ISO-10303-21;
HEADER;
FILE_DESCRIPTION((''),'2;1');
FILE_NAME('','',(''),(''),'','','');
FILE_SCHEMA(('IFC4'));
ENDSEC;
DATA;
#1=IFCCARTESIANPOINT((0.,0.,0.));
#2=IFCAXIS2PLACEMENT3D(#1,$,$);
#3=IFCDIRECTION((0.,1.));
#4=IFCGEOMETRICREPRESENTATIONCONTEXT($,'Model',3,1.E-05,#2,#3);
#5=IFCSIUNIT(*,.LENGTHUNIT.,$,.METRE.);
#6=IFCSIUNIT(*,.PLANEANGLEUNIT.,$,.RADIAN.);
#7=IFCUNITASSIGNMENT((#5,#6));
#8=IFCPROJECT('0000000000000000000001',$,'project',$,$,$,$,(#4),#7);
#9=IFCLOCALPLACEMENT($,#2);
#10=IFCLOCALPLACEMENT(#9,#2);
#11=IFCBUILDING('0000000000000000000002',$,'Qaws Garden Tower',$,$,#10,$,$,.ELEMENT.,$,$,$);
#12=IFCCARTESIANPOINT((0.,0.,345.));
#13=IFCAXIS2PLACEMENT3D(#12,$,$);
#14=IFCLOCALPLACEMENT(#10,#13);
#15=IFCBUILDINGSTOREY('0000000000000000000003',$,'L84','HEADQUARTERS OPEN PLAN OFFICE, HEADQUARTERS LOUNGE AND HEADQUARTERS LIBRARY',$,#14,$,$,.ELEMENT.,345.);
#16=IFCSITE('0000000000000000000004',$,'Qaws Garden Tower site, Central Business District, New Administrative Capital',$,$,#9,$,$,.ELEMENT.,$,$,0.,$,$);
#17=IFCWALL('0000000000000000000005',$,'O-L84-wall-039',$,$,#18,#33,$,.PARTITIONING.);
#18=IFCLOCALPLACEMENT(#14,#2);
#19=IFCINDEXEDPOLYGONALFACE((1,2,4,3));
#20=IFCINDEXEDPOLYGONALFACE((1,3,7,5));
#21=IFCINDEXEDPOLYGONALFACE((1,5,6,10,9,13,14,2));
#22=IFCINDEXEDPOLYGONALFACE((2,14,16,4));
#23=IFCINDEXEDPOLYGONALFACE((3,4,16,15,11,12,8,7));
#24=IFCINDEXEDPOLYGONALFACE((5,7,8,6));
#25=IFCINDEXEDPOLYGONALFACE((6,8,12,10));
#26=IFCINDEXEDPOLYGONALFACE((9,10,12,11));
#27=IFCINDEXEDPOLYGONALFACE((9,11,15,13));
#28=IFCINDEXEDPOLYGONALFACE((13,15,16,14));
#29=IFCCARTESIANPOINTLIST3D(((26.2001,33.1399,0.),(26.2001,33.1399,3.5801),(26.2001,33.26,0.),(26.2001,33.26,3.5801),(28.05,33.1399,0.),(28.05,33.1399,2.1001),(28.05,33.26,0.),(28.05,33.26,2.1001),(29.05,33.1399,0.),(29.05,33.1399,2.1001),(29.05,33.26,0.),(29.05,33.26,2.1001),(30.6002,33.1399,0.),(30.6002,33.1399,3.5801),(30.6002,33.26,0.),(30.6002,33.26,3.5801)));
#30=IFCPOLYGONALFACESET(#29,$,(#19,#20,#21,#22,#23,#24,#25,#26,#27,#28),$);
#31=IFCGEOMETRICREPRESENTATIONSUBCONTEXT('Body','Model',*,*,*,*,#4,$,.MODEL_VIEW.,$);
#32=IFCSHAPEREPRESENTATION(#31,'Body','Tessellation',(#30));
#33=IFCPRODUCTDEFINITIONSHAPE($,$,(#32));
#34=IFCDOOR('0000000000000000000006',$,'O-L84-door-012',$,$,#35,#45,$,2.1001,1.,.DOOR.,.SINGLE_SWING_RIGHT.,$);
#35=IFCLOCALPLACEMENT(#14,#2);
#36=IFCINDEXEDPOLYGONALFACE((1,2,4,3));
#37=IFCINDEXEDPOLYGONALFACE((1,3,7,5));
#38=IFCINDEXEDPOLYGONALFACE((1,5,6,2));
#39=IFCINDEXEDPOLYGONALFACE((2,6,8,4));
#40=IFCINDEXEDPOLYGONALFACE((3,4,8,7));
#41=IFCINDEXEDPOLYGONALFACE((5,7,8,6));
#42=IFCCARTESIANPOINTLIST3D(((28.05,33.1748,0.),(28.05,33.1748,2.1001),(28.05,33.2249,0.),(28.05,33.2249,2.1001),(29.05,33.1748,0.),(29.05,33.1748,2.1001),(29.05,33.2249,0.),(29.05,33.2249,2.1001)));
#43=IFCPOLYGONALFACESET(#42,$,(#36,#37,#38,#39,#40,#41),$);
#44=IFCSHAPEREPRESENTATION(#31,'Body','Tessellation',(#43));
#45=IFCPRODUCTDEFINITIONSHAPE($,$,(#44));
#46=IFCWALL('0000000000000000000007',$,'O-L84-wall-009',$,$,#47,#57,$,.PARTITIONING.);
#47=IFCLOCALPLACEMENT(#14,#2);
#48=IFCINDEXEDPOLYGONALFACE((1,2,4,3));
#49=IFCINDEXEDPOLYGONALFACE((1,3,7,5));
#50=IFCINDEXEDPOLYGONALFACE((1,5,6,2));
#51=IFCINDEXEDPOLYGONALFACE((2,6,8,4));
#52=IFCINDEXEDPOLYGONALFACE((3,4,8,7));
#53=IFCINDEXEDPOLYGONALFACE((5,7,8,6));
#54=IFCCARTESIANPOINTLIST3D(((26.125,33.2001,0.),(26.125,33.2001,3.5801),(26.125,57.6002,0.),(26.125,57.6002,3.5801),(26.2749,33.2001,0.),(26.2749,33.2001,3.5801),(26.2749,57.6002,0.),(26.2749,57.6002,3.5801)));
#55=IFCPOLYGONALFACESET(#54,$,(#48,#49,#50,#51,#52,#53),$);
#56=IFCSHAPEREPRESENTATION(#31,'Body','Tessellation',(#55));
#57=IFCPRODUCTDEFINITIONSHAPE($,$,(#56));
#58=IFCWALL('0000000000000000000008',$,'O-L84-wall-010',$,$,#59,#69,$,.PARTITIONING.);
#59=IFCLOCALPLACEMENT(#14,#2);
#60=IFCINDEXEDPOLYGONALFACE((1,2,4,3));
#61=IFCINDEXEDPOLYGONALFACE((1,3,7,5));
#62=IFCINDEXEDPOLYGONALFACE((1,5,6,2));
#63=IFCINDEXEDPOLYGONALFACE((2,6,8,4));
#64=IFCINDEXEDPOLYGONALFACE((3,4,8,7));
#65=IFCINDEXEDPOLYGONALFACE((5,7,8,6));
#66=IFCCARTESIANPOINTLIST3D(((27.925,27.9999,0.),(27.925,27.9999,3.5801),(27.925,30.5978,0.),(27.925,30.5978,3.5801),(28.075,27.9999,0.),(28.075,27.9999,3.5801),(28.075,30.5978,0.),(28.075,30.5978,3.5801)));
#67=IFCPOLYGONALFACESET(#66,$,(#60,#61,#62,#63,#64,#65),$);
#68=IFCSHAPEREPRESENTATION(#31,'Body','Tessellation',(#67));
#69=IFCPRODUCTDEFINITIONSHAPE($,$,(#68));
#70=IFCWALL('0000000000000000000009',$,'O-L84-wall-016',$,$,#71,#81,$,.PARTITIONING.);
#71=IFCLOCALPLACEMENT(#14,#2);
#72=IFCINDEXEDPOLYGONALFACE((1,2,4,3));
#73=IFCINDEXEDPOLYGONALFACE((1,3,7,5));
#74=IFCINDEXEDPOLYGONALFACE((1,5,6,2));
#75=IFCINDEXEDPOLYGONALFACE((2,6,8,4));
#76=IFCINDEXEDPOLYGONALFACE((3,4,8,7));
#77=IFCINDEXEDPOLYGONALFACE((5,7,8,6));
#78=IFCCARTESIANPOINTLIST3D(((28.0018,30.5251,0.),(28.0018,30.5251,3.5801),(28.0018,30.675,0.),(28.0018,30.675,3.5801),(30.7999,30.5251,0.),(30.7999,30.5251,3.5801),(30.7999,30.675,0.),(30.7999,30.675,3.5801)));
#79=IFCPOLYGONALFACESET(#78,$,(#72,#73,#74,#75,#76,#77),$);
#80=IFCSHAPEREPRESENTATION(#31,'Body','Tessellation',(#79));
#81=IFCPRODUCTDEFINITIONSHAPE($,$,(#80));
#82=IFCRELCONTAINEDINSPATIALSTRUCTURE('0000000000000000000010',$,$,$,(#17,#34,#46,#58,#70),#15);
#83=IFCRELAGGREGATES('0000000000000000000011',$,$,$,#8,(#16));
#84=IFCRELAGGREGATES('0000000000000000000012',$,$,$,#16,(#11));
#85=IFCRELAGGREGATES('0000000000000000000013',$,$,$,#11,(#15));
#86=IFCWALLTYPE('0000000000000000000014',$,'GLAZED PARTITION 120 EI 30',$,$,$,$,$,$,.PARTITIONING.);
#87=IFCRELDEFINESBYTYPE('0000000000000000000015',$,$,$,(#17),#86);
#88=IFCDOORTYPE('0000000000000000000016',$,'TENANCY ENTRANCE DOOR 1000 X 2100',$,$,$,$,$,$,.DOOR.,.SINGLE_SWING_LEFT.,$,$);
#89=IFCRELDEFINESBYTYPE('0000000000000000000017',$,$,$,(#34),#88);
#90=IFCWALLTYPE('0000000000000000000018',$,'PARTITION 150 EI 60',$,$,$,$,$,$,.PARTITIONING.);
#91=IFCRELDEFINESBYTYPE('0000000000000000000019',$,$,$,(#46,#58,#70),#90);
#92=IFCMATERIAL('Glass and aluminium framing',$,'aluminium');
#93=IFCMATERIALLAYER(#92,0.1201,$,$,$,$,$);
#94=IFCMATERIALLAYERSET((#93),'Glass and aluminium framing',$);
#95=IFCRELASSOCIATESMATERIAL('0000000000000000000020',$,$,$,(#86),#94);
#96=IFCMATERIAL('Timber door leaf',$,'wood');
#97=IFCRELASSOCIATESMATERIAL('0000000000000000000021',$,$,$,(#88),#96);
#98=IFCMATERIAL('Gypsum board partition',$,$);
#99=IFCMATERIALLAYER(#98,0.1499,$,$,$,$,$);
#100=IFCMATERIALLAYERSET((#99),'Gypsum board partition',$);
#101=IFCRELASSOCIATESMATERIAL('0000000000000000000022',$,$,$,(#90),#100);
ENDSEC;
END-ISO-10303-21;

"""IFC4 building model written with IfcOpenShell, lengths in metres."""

from ifc_helpers import new_model, si_unit, direction, frame, frame_2d, origin, place, context, subcontext, project, spatial, rectangle, extrude, material, layer, layer_set, type_object, element, fill, save


model = new_model("IFC4")

# Units and contexts
model_context = context("Model", 3, precision=1e-05, world=origin(), true_north=direction((0.0, 1.0)))
body_context = subcontext(model_context, "Body", "Model", "MODEL_VIEW")
ifc_project = project(units=[si_unit("LENGTHUNIT", "METRE"), si_unit("PLANEANGLEUNIT", "RADIAN")], contexts=[model_context])

# Site, building, storey
site_placement = place(None, origin())
site = spatial("IfcSite", under=ifc_project, at=site_placement, Name="Qaws Garden Tower site, Central Business District, New Administrative Capital", CompositionType="ELEMENT", RefElevation=0.0)
building_placement = place(site_placement, origin())
building = spatial("IfcBuilding", under=site, at=building_placement, Name="Qaws Garden Tower", CompositionType="ELEMENT")
storey_placement = place(building_placement, frame((0.0, 0.0, 345.0)))
storey = spatial("IfcBuildingStorey", under=building, at=storey_placement, Name="L84", Description="HEADQUARTERS OPEN PLAN OFFICE, HEADQUARTERS LOUNGE AND HEADQUARTERS LIBRARY", CompositionType="ELEMENT", Elevation=345.0)

# Wall, opening, door
ifc_material_1 = material(Name="Glass and aluminium framing", Category="aluminium")
ifc_layer_1 = layer(ifc_material_1, 0.1201)
ifc_layer_set_1 = layer_set([ifc_layer_1], Name="Glass and aluminium framing")
wall_type_1 = type_object("IfcWallType", Name="GLAZED PARTITION 120 EI 30", PredefinedType="PARTITIONING", material=ifc_layer_set_1)
wall_1_placement = place(storey_placement, frame((26.2, 33.2, 0.0), z_axis=(0.0, 0.0, 1.0), x_axis=(1.0, 0.0, 0.0)))
wall_1 = element("IfcWall", 1, at=wall_1_placement, inside=storey, type_object=wall_type_1, Name="O-L84-wall-039", PredefinedType="PARTITIONING", context=body_context, shape_type="SweptSolid", body=[
    extrude(rectangle(XDim=4.4001, YDim=0.1201, at=frame_2d((2.2002, 0.0))), origin(), (0.0, 0.0, 1.0), 3.5801),
])
opening_1_placement = place(wall_1_placement, frame((1.8501, 0.0, 0.0)))
opening_1 = element("IfcOpeningElement", 2, at=opening_1_placement, cuts=wall_1, PredefinedType="OPENING", context=body_context, shape_type="SweptSolid", body=[
    extrude(rectangle(XDim=1.0, YDim=2.1001, at=frame_2d((0.5, 1.05))), frame((0.0, 0.0701, 0.0), z_axis=(0.0, -1.0, 0.0), x_axis=(1.0, 0.0, 0.0)), (0.0, 0.0, 1.0), 0.1401),
])
ifc_material_2 = material(Name="Timber door leaf", Category="wood")
door_type_1 = type_object("IfcDoorType", Name="TENANCY ENTRANCE DOOR 1000 X 2100", OperationType="SINGLE_SWING_LEFT", PredefinedType="DOOR", material=ifc_material_2)
door_1_placement = place(opening_1_placement, origin())
door_1 = element("IfcDoor", 3, at=door_1_placement, inside=storey, type_object=door_type_1, Name="O-L84-door-012", OperationType="SINGLE_SWING_RIGHT", OverallHeight=2.1001, OverallWidth=1.0, PredefinedType="DOOR", context=body_context, shape_type="SweptSolid", body=[
    extrude(rectangle(XDim=1.0, YDim=2.1001, at=frame_2d((0.5, 1.05))), frame((0.0, 0.0249, 0.0), z_axis=(0.0, -1.0, 0.0), x_axis=(1.0, 0.0, 0.0)), (0.0, 0.0, 1.0), 0.05),
])
fill(opening_1, door_1)

# Walls
ifc_material_3 = material(Name="Gypsum board partition")
ifc_layer_2 = layer(ifc_material_3, 0.1499)
ifc_layer_set_2 = layer_set([ifc_layer_2], Name="Gypsum board partition")
wall_type_2 = type_object("IfcWallType", Name="PARTITION 150 EI 60", PredefinedType="PARTITIONING", material=ifc_layer_set_2)
wall_2_placement = place(storey_placement, frame((26.2, 33.2, 0.0), z_axis=(0.0, 0.0, 1.0), x_axis=(0.0, 1.0, 0.0)))
element("IfcWall", 4, at=wall_2_placement, inside=storey, type_object=wall_type_2, Name="O-L84-wall-009", PredefinedType="PARTITIONING", context=body_context, shape_type="SweptSolid", body=[
    extrude(rectangle(XDim=24.4001, YDim=0.1499, at=frame_2d((12.2002, 0.0))), origin(), (0.0, 0.0, 1.0), 3.5801),
])
wall_3_placement = place(storey_placement, frame((28.0, 28.0, 0.0), z_axis=(0.0, 0.0, 1.0), x_axis=(0.0, 1.0, 0.0)))
element("IfcWall", 5, at=wall_3_placement, inside=storey, type_object=wall_type_2, Name="O-L84-wall-010", PredefinedType="PARTITIONING", context=body_context, shape_type="SweptSolid", body=[
    extrude(rectangle(XDim=2.5979, YDim=0.1499, at=frame_2d((1.2988, 0.0))), origin(), (0.0, 0.0, 1.0), 3.5801),
])
wall_4_placement = place(storey_placement, frame((28.002, 30.6001, 0.0), z_axis=(0.0, 0.0, 1.0), x_axis=(1.0, 0.0, 0.0)))
element("IfcWall", 6, at=wall_4_placement, inside=storey, type_object=wall_type_2, Name="O-L84-wall-016", PredefinedType="PARTITIONING", context=body_context, shape_type="SweptSolid", body=[
    extrude(rectangle(XDim=2.7981, YDim=0.1499, at=frame_2d((1.3989, 0.0))), origin(), (0.0, 0.0, 1.0), 3.5801),
])

save(model, "model.ifc")
